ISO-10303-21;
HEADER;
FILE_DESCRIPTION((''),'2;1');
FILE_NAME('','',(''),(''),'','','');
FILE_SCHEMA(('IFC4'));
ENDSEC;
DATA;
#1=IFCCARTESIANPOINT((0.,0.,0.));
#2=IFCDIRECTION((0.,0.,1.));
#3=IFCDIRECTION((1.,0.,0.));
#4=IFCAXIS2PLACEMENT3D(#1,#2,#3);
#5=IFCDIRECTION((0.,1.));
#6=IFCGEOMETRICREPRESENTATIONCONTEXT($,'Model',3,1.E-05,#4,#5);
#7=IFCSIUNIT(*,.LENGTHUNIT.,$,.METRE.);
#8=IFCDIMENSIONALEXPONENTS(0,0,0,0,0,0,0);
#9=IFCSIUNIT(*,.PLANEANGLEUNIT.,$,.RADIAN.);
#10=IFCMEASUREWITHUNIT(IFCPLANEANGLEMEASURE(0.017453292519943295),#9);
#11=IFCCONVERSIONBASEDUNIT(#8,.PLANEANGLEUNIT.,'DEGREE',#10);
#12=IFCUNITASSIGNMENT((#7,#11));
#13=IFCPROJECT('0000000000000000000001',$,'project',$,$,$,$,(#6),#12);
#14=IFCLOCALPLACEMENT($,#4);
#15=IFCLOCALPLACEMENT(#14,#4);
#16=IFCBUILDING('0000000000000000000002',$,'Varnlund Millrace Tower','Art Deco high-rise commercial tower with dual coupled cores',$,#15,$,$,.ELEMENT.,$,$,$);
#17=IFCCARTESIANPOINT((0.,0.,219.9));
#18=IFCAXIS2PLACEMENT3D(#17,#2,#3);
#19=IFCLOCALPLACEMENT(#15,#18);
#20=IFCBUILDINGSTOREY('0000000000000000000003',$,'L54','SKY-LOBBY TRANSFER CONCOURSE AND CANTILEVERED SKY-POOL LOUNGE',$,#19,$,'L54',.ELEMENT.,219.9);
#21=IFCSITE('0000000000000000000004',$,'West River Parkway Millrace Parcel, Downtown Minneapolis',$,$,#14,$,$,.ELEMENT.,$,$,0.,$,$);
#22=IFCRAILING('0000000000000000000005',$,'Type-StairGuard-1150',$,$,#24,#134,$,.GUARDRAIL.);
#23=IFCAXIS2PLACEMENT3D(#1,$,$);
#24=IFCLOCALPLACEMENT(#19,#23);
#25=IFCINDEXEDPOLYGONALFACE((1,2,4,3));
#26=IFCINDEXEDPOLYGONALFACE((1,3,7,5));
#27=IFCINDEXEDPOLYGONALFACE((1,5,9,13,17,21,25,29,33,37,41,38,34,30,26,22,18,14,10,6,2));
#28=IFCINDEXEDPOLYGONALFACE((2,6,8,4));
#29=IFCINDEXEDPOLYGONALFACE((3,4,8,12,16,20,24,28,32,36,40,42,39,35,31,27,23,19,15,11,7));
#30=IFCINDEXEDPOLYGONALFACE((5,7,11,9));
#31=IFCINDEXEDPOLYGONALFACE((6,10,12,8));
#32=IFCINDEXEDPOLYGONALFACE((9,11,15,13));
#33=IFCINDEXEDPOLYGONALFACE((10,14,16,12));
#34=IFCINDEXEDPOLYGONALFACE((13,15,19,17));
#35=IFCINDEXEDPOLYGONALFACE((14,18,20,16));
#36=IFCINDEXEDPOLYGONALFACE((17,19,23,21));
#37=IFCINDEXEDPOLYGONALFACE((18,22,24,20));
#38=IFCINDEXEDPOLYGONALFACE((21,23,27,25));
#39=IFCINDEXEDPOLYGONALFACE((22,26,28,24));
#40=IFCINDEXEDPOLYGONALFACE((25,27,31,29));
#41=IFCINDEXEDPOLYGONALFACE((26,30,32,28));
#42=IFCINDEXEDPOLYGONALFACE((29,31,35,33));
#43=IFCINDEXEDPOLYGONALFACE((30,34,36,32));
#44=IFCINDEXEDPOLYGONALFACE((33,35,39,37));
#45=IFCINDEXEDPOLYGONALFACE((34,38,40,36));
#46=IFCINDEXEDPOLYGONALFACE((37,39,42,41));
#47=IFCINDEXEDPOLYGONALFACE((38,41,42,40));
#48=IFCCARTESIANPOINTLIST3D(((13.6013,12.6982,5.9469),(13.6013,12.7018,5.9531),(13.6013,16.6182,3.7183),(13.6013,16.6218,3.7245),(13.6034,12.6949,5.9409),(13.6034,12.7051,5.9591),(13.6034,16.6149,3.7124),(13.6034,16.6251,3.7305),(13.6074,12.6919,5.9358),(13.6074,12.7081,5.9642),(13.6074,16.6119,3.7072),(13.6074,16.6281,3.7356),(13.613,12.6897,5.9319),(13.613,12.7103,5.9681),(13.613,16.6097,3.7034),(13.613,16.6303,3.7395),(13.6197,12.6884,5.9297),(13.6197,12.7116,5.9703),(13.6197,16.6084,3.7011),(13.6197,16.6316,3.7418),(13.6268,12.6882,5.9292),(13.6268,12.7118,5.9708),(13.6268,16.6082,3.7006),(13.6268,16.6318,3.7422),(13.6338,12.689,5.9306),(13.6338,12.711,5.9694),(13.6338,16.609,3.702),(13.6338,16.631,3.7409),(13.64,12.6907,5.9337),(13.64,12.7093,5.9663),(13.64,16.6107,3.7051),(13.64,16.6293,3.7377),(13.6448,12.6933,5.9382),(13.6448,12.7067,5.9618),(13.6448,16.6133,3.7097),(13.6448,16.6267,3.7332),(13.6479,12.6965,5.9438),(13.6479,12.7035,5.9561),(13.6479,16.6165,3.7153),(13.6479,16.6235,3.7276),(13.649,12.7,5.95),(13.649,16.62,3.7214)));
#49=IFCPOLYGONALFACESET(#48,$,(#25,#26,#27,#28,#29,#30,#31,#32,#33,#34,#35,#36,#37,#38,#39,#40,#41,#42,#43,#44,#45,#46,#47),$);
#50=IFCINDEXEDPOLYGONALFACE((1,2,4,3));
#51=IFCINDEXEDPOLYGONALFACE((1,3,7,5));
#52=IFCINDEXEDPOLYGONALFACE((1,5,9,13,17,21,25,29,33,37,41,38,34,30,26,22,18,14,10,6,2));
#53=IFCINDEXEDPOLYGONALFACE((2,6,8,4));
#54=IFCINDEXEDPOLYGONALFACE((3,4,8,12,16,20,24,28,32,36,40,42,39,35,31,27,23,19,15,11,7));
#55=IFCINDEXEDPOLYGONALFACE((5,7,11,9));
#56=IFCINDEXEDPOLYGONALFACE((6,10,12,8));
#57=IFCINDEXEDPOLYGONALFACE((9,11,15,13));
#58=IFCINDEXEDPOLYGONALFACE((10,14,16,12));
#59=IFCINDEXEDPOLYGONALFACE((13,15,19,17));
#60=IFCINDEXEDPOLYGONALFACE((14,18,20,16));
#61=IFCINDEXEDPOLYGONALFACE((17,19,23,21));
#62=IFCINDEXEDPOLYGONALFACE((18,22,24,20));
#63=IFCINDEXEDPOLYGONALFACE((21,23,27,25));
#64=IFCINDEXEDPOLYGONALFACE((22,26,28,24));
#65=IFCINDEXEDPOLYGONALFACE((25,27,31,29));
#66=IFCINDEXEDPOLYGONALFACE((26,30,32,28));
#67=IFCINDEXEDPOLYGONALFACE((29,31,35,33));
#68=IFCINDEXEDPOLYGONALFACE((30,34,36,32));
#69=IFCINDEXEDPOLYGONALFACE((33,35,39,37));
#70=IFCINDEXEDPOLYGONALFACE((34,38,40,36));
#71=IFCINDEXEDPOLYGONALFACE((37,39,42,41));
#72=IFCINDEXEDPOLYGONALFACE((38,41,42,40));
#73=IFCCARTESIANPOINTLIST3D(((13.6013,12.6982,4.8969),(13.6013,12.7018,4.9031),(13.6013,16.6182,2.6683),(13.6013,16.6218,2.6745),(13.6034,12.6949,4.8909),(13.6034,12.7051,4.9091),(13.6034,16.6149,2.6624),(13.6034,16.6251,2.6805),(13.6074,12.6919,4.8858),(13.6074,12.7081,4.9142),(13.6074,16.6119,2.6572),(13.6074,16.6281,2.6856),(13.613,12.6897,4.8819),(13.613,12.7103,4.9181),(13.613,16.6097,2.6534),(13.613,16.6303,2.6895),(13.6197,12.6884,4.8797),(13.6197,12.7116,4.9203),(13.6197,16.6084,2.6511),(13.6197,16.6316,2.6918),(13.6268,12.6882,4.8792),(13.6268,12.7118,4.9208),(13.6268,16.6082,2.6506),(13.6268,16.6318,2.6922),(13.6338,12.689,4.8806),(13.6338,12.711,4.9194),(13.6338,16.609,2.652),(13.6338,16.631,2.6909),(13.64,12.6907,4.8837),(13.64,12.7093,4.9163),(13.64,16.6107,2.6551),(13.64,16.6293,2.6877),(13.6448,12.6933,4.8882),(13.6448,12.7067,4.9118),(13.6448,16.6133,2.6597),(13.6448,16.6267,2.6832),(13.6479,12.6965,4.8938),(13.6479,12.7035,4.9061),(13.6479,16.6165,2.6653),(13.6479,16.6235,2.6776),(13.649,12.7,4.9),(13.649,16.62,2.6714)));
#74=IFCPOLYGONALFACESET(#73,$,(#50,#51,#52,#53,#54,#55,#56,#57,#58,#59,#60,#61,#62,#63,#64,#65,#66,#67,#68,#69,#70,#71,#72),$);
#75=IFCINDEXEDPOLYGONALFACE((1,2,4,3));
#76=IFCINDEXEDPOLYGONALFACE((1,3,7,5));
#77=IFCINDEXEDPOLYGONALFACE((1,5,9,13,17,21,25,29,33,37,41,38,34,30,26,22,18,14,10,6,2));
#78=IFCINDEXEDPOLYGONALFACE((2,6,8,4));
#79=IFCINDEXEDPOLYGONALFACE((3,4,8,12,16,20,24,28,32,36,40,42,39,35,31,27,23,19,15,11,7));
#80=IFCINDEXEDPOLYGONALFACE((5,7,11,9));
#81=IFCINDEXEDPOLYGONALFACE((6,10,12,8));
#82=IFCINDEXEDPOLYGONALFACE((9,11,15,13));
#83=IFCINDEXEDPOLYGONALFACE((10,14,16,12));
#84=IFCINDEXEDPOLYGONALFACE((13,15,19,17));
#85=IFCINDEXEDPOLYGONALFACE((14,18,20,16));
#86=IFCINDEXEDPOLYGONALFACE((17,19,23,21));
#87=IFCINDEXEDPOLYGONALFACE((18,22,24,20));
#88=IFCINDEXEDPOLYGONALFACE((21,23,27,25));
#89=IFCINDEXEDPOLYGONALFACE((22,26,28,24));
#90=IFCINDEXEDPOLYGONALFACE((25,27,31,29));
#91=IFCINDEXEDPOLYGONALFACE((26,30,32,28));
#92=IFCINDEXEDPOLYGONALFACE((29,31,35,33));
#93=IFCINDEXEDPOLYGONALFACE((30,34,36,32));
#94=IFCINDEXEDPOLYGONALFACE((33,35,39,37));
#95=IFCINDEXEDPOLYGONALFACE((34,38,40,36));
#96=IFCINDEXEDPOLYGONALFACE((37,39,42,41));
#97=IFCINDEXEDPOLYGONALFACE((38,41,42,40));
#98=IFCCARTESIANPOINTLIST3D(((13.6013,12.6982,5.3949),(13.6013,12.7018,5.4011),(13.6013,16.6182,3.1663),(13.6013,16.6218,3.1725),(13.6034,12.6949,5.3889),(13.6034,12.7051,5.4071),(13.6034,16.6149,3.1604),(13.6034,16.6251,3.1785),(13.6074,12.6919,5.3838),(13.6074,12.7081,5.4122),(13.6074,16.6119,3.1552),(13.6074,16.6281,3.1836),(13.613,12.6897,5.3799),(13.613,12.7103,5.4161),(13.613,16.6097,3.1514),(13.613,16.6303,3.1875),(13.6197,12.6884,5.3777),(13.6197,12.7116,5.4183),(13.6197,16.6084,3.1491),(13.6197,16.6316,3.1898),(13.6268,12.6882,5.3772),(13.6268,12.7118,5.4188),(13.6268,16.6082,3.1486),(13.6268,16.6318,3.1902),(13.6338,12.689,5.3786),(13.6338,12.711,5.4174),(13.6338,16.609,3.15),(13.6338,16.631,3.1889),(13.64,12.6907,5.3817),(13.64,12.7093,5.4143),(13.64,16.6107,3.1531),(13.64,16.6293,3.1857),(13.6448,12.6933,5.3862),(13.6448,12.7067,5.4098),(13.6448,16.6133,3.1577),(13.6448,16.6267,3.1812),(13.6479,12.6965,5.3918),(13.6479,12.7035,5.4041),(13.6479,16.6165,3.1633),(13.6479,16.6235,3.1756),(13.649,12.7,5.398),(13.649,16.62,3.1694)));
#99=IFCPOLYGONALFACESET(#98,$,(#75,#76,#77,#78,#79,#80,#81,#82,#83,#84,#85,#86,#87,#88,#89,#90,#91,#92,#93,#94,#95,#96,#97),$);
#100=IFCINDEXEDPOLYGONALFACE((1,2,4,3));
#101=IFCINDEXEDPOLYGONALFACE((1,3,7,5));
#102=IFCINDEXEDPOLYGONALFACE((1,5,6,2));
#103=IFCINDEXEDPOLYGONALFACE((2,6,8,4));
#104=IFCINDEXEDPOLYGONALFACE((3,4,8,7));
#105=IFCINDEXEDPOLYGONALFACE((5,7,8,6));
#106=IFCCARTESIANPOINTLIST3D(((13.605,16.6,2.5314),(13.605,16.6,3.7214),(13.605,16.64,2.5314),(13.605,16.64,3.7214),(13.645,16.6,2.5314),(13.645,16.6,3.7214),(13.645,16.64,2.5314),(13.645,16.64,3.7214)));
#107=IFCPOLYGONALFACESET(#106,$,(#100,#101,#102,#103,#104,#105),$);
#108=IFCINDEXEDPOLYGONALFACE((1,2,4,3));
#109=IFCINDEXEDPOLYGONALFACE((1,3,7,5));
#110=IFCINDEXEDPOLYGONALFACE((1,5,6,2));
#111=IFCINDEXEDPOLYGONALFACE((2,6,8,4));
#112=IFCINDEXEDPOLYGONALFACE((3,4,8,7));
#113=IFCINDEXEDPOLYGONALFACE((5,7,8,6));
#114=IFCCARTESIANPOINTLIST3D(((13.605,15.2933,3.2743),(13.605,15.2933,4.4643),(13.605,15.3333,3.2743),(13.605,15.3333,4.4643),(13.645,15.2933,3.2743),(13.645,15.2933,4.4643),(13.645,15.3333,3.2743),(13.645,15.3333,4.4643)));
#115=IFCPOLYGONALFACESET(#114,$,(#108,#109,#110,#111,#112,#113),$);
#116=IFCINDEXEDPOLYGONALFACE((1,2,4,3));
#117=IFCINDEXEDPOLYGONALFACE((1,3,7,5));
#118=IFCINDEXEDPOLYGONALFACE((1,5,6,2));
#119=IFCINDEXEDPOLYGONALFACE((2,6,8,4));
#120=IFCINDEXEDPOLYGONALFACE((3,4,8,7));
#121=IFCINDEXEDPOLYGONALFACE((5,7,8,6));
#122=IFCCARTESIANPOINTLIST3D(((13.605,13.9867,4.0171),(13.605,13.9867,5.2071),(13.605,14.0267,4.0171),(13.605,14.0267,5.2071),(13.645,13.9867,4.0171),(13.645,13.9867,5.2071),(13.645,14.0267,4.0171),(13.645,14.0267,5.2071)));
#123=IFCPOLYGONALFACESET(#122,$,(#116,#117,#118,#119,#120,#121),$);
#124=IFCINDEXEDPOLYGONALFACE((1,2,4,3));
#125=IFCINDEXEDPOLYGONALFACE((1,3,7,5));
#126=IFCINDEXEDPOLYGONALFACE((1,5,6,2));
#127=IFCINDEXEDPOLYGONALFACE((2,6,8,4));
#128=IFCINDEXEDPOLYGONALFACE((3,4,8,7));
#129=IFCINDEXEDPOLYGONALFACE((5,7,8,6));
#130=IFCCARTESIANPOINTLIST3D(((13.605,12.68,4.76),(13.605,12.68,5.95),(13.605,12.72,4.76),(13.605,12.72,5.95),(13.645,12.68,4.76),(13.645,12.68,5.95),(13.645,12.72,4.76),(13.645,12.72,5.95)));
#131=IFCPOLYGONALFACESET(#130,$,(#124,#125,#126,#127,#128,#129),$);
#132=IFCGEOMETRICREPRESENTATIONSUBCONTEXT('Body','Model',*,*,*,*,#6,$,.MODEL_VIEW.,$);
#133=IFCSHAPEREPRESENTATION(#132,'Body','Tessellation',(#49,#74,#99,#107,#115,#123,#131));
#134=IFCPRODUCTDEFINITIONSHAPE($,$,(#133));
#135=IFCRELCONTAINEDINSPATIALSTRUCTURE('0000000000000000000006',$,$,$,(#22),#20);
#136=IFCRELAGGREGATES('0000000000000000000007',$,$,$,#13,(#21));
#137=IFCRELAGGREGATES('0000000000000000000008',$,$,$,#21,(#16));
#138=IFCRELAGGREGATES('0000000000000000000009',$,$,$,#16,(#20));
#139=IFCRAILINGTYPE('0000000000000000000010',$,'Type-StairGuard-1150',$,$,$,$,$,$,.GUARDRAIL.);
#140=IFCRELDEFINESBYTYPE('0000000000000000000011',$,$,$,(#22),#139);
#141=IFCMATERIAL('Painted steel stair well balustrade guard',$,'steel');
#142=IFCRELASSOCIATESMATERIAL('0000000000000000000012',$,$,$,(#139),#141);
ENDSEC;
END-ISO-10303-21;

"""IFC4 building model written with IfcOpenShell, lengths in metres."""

from ifc_helpers import new_model, entity, si_unit, converted_unit, direction, frame, origin_with_axes, origin_2d_with_axis, place, context, subcontext, project, spatial, rectangle, circle, extrude, material, type_object, element, save


model = new_model("IFC4")

# Units and contexts
model_context = context("Model", 3, precision=1e-05, world=origin_with_axes(), true_north=direction((0.0, 1.0)))
body_context = subcontext(model_context, "Body", "Model", "MODEL_VIEW")
ifc_project = project(units=[si_unit("LENGTHUNIT", "METRE"), converted_unit("PLANEANGLEUNIT", "DEGREE", entity("IfcPlaneAngleMeasure", 0.017453292519943295), si_unit("PLANEANGLEUNIT", "RADIAN"), dimensions=[0, 0, 0, 0, 0, 0, 0])], contexts=[model_context])

# Site, building, storey
site_placement = place(None, origin_with_axes())
site = spatial("IfcSite", under=ifc_project, at=site_placement, Name="West River Parkway Millrace Parcel, Downtown Minneapolis", CompositionType="ELEMENT", RefElevation=0.0)
building_placement = place(site_placement, origin_with_axes())
building = spatial("IfcBuilding", under=site, at=building_placement, Name="Varnlund Millrace Tower", Description="Art Deco high-rise commercial tower with dual coupled cores", CompositionType="ELEMENT")
storey_placement = place(building_placement, frame((0.0, 0.0, 219.9), z_axis=(0.0, 0.0, 1.0), x_axis=(1.0, 0.0, 0.0)))
storey = spatial("IfcBuildingStorey", under=building, at=storey_placement, Name="L54", Description="SKY-LOBBY TRANSFER CONCOURSE AND CANTILEVERED SKY-POOL LOUNGE", LongName="L54", CompositionType="ELEMENT", Elevation=219.9)

# Railing
ifc_material_1 = material(Name="Painted steel stair well balustrade guard", Category="steel")
railing_type_1 = type_object("IfcRailingType", Name="Type-StairGuard-1150", PredefinedType="GUARDRAIL", material=ifc_material_1)
railing_1_placement = place(storey_placement, frame((0.0, 0.0, -219.9), z_axis=(0.0, 0.0, 1.0), x_axis=(1.0, 0.0, 0.0)))
element("IfcRailing", 1, at=railing_1_placement, inside=storey, type_object=railing_type_1, Name="Type-StairGuard-1150", PredefinedType="GUARDRAIL", context=body_context, shape_type="SweptSolid", body=[
    extrude(circle(Radius=0.024, at=origin_2d_with_axis()), frame((13.625, 16.62, 223.6214), z_axis=(0.0, -0.869333, 0.494227), x_axis=(1.0, 0.0, 0.0)), (0.0, 0.0, 1.0), 4.5092),
    extrude(circle(Radius=0.024, at=origin_2d_with_axis()), frame((13.625, 16.62, 222.5714), z_axis=(0.0, -0.869333, 0.494227), x_axis=(1.0, 0.0, 0.0)), (0.0, 0.0, 1.0), 4.5092),
    extrude(circle(Radius=0.024, at=origin_2d_with_axis()), frame((13.625, 16.62, 223.0694), z_axis=(0.0, -0.869333, 0.494227), x_axis=(1.0, 0.0, 0.0)), (0.0, 0.0, 1.0), 4.5092),
    extrude(rectangle(XDim=0.04, YDim=0.04, at=origin_2d_with_axis()), frame((13.625, 16.62, 222.4314), z_axis=(0.0, 0.0, 1.0), x_axis=(1.0, 0.0, 0.0)), (0.0, 0.0, 1.0), 1.19),
    extrude(rectangle(XDim=0.04, YDim=0.04, at=origin_2d_with_axis()), frame((13.625, 15.3133, 223.1743), z_axis=(0.0, 0.0, 1.0), x_axis=(1.0, 0.0, 0.0)), (0.0, 0.0, 1.0), 1.19),
    extrude(rectangle(XDim=0.04, YDim=0.04, at=origin_2d_with_axis()), frame((13.625, 14.0067, 223.9171), z_axis=(0.0, 0.0, 1.0), x_axis=(1.0, 0.0, 0.0)), (0.0, 0.0, 1.0), 1.19),
    extrude(rectangle(XDim=0.04, YDim=0.04, at=origin_2d_with_axis()), frame((13.625, 12.7, 224.66), z_axis=(0.0, 0.0, 1.0), x_axis=(1.0, 0.0, 0.0)), (0.0, 0.0, 1.0), 1.19),
])

save(model, "model.ifc")
